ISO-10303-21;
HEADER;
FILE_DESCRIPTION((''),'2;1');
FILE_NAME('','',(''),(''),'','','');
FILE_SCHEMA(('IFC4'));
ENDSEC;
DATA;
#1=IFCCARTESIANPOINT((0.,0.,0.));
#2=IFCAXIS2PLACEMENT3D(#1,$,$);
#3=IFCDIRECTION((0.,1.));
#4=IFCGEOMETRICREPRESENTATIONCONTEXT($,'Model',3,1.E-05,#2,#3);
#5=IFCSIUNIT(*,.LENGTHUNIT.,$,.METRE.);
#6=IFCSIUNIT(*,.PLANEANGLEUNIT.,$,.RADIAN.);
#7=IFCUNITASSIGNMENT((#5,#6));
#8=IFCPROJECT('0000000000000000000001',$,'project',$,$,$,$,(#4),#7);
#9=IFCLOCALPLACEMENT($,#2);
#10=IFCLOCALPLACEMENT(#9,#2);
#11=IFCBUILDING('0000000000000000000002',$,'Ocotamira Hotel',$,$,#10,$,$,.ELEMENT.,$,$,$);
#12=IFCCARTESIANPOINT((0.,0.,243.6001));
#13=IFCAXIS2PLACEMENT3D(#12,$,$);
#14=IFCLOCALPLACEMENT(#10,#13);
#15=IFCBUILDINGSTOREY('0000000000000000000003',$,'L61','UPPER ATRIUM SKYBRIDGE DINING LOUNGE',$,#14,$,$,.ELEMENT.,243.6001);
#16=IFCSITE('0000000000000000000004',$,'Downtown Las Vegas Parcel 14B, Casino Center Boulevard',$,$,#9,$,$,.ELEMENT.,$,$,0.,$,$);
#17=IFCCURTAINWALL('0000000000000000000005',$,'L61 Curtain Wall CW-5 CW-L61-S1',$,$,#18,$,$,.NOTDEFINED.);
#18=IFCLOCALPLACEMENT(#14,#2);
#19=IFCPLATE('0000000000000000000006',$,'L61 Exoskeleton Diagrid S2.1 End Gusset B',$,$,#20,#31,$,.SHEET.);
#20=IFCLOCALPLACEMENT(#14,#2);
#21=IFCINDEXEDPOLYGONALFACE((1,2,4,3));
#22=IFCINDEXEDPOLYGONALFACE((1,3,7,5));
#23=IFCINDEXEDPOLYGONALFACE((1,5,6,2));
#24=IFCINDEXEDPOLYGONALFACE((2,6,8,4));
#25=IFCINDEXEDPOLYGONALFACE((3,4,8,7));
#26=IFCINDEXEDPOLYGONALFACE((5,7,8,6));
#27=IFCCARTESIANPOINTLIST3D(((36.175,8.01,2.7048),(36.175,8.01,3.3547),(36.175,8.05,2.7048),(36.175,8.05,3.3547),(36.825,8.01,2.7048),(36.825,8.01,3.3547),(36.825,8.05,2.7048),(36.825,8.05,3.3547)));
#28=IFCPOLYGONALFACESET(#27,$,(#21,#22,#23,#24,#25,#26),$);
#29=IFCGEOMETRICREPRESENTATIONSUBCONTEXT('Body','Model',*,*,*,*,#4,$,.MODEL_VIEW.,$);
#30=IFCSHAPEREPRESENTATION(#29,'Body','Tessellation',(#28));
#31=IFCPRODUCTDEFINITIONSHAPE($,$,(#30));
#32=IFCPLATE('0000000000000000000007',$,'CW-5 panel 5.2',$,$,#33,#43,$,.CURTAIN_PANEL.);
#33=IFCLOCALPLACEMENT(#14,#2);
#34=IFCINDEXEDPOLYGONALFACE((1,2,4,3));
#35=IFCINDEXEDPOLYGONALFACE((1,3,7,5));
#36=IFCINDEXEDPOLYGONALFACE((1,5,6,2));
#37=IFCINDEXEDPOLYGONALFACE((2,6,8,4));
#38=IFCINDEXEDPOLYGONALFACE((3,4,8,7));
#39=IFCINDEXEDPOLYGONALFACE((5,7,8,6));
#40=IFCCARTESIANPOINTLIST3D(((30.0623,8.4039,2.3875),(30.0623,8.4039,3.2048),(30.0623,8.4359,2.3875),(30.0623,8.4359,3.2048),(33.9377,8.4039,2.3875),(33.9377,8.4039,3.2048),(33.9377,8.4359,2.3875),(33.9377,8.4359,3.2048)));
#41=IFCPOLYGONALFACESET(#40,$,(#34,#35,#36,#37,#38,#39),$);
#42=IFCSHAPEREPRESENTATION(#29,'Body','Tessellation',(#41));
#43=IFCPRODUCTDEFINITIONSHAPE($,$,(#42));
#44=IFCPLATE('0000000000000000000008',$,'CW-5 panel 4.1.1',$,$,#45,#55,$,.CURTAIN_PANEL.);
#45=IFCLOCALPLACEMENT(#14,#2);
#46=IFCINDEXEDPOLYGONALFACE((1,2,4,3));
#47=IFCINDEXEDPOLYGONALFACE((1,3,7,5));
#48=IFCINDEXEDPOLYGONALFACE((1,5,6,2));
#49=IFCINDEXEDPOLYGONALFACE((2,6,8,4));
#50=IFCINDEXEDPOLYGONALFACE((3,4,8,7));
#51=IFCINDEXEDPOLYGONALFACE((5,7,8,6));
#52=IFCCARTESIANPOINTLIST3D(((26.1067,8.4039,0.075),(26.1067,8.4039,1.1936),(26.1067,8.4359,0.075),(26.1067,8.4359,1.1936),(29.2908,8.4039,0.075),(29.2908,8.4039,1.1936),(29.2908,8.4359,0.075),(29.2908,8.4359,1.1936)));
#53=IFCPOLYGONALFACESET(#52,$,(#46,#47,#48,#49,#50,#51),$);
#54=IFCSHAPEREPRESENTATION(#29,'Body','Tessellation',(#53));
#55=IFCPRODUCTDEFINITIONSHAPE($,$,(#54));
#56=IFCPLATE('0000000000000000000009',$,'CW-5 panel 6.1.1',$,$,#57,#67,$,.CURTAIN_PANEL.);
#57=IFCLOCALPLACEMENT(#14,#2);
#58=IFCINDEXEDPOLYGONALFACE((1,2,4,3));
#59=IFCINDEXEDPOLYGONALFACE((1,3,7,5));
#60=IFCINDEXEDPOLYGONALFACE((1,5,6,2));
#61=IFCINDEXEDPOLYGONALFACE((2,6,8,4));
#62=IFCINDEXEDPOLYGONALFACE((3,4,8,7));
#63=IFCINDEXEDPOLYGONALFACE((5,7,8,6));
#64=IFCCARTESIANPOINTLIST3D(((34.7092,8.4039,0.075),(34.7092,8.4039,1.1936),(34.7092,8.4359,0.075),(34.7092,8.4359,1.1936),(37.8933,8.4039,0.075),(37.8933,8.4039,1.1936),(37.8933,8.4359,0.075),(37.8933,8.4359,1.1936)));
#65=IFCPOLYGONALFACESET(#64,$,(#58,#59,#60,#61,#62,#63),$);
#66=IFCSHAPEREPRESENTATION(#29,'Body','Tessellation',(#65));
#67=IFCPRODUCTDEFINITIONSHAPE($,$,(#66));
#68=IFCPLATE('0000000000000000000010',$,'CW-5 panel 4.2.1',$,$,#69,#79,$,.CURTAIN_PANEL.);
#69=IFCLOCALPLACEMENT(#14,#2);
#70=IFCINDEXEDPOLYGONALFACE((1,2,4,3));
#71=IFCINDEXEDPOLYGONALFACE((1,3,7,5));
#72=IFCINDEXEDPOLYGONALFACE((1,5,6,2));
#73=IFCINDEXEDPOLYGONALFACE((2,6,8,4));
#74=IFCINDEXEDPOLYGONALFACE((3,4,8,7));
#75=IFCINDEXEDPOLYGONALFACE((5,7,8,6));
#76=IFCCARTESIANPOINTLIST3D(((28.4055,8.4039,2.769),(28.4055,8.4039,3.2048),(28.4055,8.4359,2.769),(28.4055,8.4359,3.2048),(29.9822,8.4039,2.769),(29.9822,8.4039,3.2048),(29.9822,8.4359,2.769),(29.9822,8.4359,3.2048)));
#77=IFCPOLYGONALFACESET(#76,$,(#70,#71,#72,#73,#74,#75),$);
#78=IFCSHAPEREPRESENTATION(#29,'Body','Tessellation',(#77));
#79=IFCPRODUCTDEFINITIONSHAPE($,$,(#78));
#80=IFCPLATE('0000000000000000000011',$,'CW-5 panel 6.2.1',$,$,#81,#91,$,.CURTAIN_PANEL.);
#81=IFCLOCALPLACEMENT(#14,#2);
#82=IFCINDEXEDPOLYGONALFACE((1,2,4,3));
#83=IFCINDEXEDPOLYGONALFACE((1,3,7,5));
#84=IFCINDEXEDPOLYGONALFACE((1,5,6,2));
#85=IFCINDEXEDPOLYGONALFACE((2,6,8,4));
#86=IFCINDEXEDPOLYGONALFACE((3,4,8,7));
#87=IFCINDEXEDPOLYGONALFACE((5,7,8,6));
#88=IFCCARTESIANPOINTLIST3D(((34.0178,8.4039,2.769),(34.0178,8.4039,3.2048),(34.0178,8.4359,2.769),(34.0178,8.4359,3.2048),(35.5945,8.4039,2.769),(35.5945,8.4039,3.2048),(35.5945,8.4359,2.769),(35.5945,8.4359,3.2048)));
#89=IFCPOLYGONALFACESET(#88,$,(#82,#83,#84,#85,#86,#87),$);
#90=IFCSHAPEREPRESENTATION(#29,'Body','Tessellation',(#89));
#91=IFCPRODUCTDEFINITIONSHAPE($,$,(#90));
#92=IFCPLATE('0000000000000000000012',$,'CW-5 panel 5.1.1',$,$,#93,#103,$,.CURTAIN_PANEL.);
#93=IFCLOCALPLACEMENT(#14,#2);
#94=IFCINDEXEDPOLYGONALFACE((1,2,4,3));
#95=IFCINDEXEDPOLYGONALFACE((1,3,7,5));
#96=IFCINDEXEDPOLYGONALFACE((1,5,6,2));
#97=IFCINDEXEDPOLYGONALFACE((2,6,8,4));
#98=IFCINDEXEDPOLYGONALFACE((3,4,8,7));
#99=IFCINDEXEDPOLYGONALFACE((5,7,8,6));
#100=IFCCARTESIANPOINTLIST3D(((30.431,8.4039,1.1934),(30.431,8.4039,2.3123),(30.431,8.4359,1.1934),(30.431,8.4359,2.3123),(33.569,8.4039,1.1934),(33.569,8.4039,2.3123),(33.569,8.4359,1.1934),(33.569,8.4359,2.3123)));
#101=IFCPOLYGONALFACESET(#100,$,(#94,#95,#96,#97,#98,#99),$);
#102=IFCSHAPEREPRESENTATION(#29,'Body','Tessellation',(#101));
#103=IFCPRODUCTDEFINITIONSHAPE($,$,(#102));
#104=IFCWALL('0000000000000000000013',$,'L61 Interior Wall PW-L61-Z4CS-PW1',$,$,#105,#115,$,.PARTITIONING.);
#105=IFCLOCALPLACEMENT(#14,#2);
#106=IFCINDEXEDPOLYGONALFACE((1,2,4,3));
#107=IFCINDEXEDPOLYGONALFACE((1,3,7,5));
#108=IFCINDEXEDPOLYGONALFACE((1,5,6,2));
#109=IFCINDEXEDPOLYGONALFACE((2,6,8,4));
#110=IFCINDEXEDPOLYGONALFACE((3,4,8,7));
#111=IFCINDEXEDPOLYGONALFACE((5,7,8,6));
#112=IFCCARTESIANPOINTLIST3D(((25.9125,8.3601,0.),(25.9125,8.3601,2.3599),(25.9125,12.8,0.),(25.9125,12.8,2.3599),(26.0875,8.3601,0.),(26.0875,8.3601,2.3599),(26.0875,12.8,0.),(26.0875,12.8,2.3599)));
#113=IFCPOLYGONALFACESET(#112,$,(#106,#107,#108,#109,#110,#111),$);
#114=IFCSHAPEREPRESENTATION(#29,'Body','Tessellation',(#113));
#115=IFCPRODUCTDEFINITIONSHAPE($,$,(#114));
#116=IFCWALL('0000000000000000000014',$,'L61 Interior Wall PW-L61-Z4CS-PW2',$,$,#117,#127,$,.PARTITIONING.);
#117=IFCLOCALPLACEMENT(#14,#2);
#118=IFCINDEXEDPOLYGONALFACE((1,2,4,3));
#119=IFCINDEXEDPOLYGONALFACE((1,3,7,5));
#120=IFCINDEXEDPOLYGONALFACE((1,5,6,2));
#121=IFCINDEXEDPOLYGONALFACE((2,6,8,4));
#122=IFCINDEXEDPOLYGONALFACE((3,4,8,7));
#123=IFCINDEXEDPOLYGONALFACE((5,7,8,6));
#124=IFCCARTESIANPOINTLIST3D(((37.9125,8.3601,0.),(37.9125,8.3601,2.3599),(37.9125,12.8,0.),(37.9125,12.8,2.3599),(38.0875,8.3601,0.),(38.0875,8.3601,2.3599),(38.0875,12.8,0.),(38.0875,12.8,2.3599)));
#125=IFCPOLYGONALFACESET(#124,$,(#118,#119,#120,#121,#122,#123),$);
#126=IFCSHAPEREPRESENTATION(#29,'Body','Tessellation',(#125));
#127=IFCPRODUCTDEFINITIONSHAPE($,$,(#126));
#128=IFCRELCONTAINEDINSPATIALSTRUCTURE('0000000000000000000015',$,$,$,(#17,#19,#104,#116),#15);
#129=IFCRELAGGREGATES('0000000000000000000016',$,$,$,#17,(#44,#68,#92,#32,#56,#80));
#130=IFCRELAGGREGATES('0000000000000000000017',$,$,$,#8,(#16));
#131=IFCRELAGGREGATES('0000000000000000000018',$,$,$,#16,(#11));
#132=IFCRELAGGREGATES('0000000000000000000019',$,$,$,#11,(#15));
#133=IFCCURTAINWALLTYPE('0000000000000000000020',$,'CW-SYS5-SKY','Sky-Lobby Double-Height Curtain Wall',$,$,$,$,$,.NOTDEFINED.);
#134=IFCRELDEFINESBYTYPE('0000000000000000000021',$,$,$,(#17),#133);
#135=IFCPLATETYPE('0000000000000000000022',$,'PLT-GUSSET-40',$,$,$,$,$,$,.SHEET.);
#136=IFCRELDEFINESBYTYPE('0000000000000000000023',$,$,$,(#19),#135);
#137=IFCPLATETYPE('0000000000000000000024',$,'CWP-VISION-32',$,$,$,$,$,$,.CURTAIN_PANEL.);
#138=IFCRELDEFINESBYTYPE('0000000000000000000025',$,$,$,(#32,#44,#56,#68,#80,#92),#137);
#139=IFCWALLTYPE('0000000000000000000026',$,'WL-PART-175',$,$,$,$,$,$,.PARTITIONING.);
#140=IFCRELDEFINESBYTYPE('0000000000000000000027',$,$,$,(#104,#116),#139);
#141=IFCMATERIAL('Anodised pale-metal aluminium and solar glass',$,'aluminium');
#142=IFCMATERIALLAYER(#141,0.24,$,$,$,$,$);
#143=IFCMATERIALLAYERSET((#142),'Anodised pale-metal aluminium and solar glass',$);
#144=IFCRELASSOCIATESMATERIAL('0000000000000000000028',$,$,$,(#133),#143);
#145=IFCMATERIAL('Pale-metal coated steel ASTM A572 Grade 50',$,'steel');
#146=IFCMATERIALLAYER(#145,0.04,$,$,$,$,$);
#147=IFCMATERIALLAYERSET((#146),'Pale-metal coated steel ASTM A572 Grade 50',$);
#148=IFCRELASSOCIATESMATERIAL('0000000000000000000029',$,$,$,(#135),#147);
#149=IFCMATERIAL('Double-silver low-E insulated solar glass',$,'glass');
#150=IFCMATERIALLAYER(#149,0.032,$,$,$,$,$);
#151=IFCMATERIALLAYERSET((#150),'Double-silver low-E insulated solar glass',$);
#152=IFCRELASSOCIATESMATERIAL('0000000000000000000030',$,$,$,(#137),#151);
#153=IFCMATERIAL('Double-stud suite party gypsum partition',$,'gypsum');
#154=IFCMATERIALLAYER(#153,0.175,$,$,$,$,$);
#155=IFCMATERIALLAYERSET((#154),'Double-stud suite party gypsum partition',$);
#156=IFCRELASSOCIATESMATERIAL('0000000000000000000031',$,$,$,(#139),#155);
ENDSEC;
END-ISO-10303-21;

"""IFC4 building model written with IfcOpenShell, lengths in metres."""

from ifc_helpers import new_model, si_unit, direction, frame, frame_2d, origin, origin_2d, place, context, subcontext, project, spatial, rectangle, extrude, source, transform, mapped, material, layer, layer_set, type_object, element, aggregate, save


model = new_model("IFC4")

# Units and contexts
model_context = context("Model", 3, precision=1e-05, world=origin(), true_north=direction((0.0, 1.0)))
body_context = subcontext(model_context, "Body", "Model", "MODEL_VIEW")
ifc_project = project(units=[si_unit("LENGTHUNIT", "METRE"), si_unit("PLANEANGLEUNIT", "RADIAN")], contexts=[model_context])

# Site, building, storey
site_placement = place(None, origin())
site = spatial("IfcSite", under=ifc_project, at=site_placement, Name="Downtown Las Vegas Parcel 14B, Casino Center Boulevard", CompositionType="ELEMENT", RefElevation=0.0)
building_placement = place(site_placement, origin())
building = spatial("IfcBuilding", under=site, at=building_placement, Name="Ocotamira Hotel", CompositionType="ELEMENT")
storey_placement = place(building_placement, frame((0.0, 0.0, 243.6001)))
storey = spatial("IfcBuildingStorey", under=building, at=storey_placement, Name="L61", Description="UPPER ATRIUM SKYBRIDGE DINING LOUNGE", CompositionType="ELEMENT", Elevation=243.6001)

# Curtain wall
ifc_material_1 = material(Name="Anodised pale-metal aluminium and solar glass", Category="aluminium")
ifc_layer_1 = layer(ifc_material_1, 0.24)
ifc_layer_set_1 = layer_set([ifc_layer_1], Name="Anodised pale-metal aluminium and solar glass")
curtain_wall_type = type_object("IfcCurtainWallType", Name="CW-SYS5-SKY", Description="Sky-Lobby Double-Height Curtain Wall", PredefinedType="NOTDEFINED", material=ifc_layer_set_1)
curtain_wall_placement = place(storey_placement, origin())
curtain_wall = element("IfcCurtainWall", 1, at=curtain_wall_placement, inside=storey, type_object=curtain_wall_type, Name="L61 Curtain Wall CW-5 CW-L61-S1", PredefinedType="NOTDEFINED")

# Plate
ifc_material_2 = material(Name="Pale-metal coated steel ASTM A572 Grade 50", Category="steel")
ifc_layer_2 = layer(ifc_material_2, 0.04)
ifc_layer_set_2 = layer_set([ifc_layer_2], Name="Pale-metal coated steel ASTM A572 Grade 50")
plate_type_1 = type_object("IfcPlateType", Name="PLT-GUSSET-40", PredefinedType="SHEET", material=ifc_layer_set_2)
shared_shape_1 = source(origin(), body_context, "Body", "SweptSolid", [
    extrude(rectangle(XDim=0.6499, YDim=0.04, at=origin_2d()), origin(), (0.0, 0.0, 1.0), 0.6499),
])
for number, where, z_axis, x_axis, name in (
    (2, (36.5, 8.03, 2.7048), (0.0, 0.0, 1.0), (1.0, 0.0, 0.0), "L61 Exoskeleton Diagrid S2.1 End Gusset B"),
):
    element("IfcPlate", number, at=place(storey_placement, frame(where, z_axis=z_axis, x_axis=x_axis)), inside=storey, type_object=plate_type_1, Name=name, PredefinedType="SHEET", context=body_context, shape_type="MappedRepresentation", body=[
        mapped(shared_shape_1, transform((0.0, 0.0, 0.0), scale=1.0)),
    ])

# Plates
ifc_material_3 = material(Name="Double-silver low-E insulated solar glass", Category="glass")
ifc_layer_3 = layer(ifc_material_3, 0.032)
ifc_layer_set_3 = layer_set([ifc_layer_3], Name="Double-silver low-E insulated solar glass")
plate_type_2 = type_object("IfcPlateType", Name="CWP-VISION-32", PredefinedType="CURTAIN_PANEL", material=ifc_layer_set_3)
shared_shape_2 = source(origin(), body_context, "Body", "SweptSolid", [
    extrude(rectangle(XDim=3.8755, YDim=0.032, at=origin_2d()), origin(), (0.0, 0.0, 1.0), 0.8174),
])
plate_1_placement = place(storey_placement, frame((32.0, 8.4199, 2.3875), z_axis=(0.0, 0.0, 1.0), x_axis=(1.0, 0.0, 0.0)))
plate_1 = element("IfcPlate", 3, at=plate_1_placement, type_object=plate_type_2, Name="CW-5 panel 5.2", PredefinedType="CURTAIN_PANEL", context=body_context, shape_type="MappedRepresentation", body=[
    mapped(shared_shape_2, transform((0.0, 0.0, 0.0), scale=1.0)),
])
shared_shape_3 = source(origin(), body_context, "Body", "SweptSolid", [
    extrude(rectangle(XDim=3.1841, YDim=0.032, at=origin_2d()), origin(), (0.0, 0.0, 1.0), 1.1187),
])
plate_2_placement = place(storey_placement, frame((27.6987, 8.4199, 0.075), z_axis=(0.0, 0.0, 1.0), x_axis=(1.0, 0.0, 0.0)))
plate_2 = element("IfcPlate", 4, at=plate_2_placement, type_object=plate_type_2, Name="CW-5 panel 4.1.1", PredefinedType="CURTAIN_PANEL", context=body_context, shape_type="MappedRepresentation", body=[
    mapped(shared_shape_3, transform((0.0, 0.0, 0.0), scale=1.0)),
])
plate_3_placement = place(storey_placement, frame((36.3013, 8.4199, 0.075), z_axis=(0.0, 0.0, 1.0), x_axis=(1.0, 0.0, 0.0)))
plate_3 = element("IfcPlate", 5, at=plate_3_placement, type_object=plate_type_2, Name="CW-5 panel 6.1.1", PredefinedType="CURTAIN_PANEL", context=body_context, shape_type="MappedRepresentation", body=[
    mapped(shared_shape_3, transform((0.0, 0.0, 0.0), scale=1.0)),
])
shared_shape_4 = source(origin(), body_context, "Body", "SweptSolid", [
    extrude(rectangle(XDim=1.5767, YDim=0.032, at=origin_2d()), origin(), (0.0, 0.0, 1.0), 0.4358),
])
plate_4_placement = place(storey_placement, frame((29.1938, 8.4199, 2.769), z_axis=(0.0, 0.0, 1.0), x_axis=(1.0, 0.0, 0.0)))
plate_4 = element("IfcPlate", 6, at=plate_4_placement, type_object=plate_type_2, Name="CW-5 panel 4.2.1", PredefinedType="CURTAIN_PANEL", context=body_context, shape_type="MappedRepresentation", body=[
    mapped(shared_shape_4, transform((0.0, 0.0, 0.0), scale=1.0)),
])
plate_5_placement = place(storey_placement, frame((34.8062, 8.4199, 2.769), z_axis=(0.0, 0.0, 1.0), x_axis=(1.0, 0.0, 0.0)))
plate_5 = element("IfcPlate", 7, at=plate_5_placement, type_object=plate_type_2, Name="CW-5 panel 6.2.1", PredefinedType="CURTAIN_PANEL", context=body_context, shape_type="MappedRepresentation", body=[
    mapped(shared_shape_4, transform((0.0, 0.0, 0.0), scale=1.0)),
])
shared_shape_5 = source(origin(), body_context, "Body", "SweptSolid", [
    extrude(rectangle(XDim=3.1379, YDim=0.032, at=origin_2d()), origin(), (0.0, 0.0, 1.0), 1.1189),
])
plate_6_placement = place(storey_placement, frame((32.0, 8.4199, 1.1934), z_axis=(0.0, 0.0, 1.0), x_axis=(1.0, 0.0, 0.0)))
plate_6 = element("IfcPlate", 8, at=plate_6_placement, type_object=plate_type_2, Name="CW-5 panel 5.1.1", PredefinedType="CURTAIN_PANEL", context=body_context, shape_type="MappedRepresentation", body=[
    mapped(shared_shape_5, transform((0.0, 0.0, 0.0), scale=1.0)),
])
aggregate(curtain_wall, [plate_2, plate_4, plate_6, plate_1, plate_3, plate_5])

# Walls
ifc_material_4 = material(Name="Double-stud suite party gypsum partition", Category="gypsum")
ifc_layer_4 = layer(ifc_material_4, 0.175)
ifc_layer_set_4 = layer_set([ifc_layer_4], Name="Double-stud suite party gypsum partition")
wall_type = type_object("IfcWallType", Name="WL-PART-175", PredefinedType="PARTITIONING", material=ifc_layer_set_4)
for number, where, z_axis, x_axis, name in (
    (9, (26.0, 8.3601, 0.0), (0.0, 0.0, 1.0), (0.0, 1.0, 0.0), "L61 Interior Wall PW-L61-Z4CS-PW1"),
    (10, (38.0, 8.3601, 0.0), (0.0, 0.0, 1.0), (0.0, 1.0, 0.0), "L61 Interior Wall PW-L61-Z4CS-PW2"),
):
    element("IfcWall", number, at=place(storey_placement, frame(where, z_axis=z_axis, x_axis=x_axis)), inside=storey, type_object=wall_type, Name=name, PredefinedType="PARTITIONING", context=body_context, shape_type="SweptSolid", body=[
        extrude(rectangle(XDim=4.4399, YDim=0.175, at=frame_2d((2.22, 0.0))), origin(), (0.0, 0.0, 1.0), 2.3599),
    ])

save(model, "model.ifc")
